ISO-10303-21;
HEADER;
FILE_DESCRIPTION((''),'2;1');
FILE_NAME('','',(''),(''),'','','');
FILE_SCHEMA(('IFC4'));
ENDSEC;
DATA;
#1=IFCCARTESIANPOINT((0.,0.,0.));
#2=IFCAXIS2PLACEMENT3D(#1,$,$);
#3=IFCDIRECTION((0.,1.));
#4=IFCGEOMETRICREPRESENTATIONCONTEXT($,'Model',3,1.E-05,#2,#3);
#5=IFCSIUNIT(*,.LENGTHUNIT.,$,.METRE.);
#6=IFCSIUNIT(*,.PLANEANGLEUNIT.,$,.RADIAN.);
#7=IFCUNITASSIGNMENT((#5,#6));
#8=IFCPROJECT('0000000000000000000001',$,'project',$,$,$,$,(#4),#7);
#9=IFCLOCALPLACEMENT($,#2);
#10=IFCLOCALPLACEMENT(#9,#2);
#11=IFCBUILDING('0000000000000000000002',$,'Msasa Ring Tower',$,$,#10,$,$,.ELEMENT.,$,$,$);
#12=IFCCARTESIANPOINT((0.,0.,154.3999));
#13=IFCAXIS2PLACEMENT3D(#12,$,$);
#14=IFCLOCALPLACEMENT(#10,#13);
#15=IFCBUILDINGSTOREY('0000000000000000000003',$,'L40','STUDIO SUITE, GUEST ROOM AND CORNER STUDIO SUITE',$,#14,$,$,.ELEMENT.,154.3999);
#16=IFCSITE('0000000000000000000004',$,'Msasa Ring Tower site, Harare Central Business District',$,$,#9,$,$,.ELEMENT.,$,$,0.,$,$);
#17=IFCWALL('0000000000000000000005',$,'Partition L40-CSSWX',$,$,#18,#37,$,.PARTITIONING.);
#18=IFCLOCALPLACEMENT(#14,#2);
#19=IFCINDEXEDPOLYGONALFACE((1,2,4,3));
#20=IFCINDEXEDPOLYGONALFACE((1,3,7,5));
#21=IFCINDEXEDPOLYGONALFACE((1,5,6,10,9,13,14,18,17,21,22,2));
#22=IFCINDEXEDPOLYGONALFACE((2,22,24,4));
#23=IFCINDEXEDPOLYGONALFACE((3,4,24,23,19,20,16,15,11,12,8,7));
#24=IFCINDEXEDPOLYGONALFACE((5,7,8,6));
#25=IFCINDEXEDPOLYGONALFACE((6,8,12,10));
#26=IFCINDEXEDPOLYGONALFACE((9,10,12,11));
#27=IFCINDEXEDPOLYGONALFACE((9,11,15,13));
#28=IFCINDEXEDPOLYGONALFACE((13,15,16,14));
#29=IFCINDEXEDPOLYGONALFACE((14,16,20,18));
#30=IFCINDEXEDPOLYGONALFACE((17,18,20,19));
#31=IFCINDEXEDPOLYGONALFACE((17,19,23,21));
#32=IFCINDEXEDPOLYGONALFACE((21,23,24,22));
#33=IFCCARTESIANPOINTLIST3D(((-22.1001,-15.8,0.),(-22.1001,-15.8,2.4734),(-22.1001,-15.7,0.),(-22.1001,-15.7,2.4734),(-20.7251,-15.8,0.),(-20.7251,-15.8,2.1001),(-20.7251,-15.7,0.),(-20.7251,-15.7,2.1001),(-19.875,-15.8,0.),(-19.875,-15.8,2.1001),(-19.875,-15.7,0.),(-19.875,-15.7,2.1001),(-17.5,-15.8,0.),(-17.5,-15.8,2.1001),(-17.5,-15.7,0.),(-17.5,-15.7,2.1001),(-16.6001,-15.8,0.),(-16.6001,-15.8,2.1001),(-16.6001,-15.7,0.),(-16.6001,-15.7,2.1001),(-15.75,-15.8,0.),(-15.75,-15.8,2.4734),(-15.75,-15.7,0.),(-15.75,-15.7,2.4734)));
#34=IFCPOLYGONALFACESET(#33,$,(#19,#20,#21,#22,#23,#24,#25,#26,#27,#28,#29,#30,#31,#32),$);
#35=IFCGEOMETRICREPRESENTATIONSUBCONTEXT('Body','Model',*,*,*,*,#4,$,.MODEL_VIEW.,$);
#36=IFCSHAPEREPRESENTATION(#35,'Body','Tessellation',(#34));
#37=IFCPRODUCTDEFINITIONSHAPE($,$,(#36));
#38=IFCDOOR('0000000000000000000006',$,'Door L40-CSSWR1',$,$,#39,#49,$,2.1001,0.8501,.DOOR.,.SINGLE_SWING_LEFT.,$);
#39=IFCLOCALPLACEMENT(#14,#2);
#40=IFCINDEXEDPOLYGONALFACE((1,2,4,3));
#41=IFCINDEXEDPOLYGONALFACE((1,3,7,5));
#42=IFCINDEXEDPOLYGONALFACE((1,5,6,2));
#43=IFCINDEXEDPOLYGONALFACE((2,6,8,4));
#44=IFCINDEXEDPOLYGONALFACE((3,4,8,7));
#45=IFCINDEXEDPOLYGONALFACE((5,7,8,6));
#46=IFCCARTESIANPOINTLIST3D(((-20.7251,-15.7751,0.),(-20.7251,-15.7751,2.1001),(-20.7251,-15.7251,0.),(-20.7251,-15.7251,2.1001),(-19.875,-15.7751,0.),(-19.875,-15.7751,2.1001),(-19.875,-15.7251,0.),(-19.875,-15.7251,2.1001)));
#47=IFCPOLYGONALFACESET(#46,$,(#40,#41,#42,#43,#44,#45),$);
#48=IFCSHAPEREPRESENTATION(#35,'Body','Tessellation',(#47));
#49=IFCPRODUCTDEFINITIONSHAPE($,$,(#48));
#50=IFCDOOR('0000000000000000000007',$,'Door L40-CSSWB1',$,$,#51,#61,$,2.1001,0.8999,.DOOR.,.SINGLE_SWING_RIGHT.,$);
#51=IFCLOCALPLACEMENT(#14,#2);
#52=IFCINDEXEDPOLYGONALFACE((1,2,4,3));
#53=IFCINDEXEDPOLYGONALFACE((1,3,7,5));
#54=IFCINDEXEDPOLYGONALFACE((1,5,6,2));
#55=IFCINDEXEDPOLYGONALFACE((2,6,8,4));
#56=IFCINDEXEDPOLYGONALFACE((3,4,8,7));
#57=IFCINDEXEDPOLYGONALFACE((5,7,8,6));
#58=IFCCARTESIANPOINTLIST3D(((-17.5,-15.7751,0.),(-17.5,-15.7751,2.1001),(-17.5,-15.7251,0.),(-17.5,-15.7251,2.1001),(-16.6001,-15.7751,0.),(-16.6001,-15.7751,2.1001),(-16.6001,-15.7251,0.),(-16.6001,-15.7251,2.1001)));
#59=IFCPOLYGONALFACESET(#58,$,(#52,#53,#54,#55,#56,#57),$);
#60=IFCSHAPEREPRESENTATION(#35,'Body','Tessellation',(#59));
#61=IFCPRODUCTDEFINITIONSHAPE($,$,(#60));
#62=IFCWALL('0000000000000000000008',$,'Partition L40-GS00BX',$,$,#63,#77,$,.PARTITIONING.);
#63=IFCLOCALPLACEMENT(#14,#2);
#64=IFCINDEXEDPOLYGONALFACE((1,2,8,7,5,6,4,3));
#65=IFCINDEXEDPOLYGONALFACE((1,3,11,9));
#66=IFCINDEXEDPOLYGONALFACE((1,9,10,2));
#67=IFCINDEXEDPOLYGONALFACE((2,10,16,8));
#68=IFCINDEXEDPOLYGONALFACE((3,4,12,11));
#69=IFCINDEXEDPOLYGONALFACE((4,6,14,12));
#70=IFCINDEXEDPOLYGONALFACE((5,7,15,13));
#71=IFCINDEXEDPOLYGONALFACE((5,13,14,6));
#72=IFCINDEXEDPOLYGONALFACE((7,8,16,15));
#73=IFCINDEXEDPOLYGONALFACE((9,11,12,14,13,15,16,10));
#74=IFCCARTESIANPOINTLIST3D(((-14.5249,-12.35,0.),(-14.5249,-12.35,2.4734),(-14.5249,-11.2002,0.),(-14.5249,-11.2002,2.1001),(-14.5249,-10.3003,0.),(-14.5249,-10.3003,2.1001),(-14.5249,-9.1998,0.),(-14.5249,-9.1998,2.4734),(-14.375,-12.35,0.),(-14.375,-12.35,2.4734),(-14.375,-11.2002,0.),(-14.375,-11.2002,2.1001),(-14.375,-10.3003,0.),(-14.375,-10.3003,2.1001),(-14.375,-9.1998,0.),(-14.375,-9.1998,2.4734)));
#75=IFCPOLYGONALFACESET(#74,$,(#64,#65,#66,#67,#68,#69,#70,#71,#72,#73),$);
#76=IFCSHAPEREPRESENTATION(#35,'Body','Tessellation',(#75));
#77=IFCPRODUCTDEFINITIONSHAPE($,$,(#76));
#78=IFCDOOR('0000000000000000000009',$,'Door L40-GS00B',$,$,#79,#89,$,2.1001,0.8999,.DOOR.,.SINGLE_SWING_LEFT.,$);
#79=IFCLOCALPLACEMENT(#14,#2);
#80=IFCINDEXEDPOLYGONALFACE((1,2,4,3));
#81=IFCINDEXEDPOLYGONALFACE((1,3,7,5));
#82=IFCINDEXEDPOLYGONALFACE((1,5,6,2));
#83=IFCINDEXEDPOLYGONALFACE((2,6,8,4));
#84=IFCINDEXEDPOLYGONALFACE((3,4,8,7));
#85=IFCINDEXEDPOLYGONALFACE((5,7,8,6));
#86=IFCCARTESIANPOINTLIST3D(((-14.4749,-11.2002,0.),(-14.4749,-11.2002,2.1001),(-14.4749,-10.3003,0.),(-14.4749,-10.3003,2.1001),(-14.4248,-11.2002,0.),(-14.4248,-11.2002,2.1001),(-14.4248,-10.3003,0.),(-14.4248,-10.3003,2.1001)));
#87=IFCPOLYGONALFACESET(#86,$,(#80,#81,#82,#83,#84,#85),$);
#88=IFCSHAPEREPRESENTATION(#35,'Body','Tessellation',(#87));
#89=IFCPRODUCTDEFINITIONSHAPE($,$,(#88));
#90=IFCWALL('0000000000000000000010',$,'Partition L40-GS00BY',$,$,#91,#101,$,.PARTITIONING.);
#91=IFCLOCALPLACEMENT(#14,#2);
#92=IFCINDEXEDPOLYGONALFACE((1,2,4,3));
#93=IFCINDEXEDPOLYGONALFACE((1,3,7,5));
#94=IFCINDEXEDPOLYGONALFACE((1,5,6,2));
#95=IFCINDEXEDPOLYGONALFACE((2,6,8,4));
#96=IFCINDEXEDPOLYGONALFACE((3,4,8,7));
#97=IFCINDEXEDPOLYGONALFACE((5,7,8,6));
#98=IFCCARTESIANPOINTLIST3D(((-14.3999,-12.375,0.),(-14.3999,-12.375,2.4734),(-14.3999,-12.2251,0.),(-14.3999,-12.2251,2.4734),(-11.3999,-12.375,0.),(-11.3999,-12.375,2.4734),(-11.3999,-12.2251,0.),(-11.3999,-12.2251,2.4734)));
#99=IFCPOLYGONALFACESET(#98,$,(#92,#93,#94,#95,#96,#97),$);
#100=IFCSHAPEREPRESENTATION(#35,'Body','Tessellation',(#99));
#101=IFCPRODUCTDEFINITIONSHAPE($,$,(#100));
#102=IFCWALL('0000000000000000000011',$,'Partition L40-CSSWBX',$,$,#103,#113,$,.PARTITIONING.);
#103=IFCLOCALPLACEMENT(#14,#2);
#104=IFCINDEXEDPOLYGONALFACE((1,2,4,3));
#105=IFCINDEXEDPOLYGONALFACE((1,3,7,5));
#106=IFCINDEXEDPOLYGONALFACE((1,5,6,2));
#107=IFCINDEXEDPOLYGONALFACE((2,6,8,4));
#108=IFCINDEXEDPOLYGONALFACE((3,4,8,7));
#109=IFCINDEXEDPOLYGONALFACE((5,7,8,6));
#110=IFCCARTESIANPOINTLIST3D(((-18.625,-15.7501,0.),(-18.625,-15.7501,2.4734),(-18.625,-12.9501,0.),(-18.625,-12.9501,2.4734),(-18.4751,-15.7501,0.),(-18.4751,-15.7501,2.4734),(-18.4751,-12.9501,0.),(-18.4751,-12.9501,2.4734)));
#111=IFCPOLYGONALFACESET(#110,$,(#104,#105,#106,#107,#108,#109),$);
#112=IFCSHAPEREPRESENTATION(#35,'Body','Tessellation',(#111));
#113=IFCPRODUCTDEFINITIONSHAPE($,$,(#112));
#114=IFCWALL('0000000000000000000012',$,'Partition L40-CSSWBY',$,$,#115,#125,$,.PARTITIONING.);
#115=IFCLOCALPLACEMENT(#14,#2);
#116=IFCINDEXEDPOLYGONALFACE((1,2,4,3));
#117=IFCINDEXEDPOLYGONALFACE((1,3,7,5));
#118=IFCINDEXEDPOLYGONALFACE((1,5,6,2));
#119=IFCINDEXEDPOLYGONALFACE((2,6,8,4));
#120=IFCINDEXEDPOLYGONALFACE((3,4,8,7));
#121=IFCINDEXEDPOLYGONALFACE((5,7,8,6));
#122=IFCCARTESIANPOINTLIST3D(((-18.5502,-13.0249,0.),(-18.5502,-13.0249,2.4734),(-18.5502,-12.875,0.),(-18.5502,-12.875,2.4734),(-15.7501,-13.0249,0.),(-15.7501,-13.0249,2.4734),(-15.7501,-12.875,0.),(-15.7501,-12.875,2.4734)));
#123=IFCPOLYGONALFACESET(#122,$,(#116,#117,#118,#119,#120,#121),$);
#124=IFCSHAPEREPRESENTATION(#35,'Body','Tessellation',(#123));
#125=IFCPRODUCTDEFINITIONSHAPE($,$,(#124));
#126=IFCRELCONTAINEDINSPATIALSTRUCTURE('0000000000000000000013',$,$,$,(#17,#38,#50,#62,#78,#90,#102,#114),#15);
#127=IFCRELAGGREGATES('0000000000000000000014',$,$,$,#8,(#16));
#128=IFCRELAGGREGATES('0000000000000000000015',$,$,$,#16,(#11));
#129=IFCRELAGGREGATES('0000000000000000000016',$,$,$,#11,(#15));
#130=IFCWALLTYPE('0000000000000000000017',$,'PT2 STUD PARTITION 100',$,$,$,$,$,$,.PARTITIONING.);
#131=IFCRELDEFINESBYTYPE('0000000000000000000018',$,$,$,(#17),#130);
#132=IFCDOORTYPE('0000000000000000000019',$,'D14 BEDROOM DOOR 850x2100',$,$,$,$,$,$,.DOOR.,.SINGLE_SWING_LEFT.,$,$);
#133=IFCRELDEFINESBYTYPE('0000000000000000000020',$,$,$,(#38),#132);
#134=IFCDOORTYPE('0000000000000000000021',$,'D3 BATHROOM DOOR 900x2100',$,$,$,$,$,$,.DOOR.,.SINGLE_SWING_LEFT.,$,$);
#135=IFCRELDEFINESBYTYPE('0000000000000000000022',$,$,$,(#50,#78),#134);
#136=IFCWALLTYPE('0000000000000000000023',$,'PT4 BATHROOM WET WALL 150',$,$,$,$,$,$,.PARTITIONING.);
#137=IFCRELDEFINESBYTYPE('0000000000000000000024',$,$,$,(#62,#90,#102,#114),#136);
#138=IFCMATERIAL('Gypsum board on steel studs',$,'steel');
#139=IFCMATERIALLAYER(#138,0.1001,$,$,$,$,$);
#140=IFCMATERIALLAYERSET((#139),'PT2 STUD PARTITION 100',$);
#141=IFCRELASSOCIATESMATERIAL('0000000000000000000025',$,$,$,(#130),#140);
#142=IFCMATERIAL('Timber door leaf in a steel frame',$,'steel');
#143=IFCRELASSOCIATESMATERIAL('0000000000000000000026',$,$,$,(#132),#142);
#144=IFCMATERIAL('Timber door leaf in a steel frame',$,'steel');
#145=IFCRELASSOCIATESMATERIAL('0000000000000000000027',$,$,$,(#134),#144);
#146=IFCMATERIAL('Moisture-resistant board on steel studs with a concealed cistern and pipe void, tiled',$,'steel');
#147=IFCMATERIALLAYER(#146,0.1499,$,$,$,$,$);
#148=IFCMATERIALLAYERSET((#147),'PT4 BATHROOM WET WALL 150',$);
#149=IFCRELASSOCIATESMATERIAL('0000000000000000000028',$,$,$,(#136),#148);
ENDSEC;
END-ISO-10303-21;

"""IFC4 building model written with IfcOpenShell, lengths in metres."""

from ifc_helpers import new_model, si_unit, direction, frame, frame_2d, origin, place, context, subcontext, project, spatial, rectangle, extrude, material, layer, layer_set, type_object, element, fill, save


model = new_model("IFC4")

# Units and contexts
model_context = context("Model", 3, precision=1e-05, world=origin(), true_north=direction((0.0, 1.0)))
body_context = subcontext(model_context, "Body", "Model", "MODEL_VIEW")
ifc_project = project(units=[si_unit("LENGTHUNIT", "METRE"), si_unit("PLANEANGLEUNIT", "RADIAN")], contexts=[model_context])

# Site, building, storey
site_placement = place(None, origin())
site = spatial("IfcSite", under=ifc_project, at=site_placement, Name="Msasa Ring Tower site, Harare Central Business District", CompositionType="ELEMENT", RefElevation=0.0)
building_placement = place(site_placement, origin())
building = spatial("IfcBuilding", under=site, at=building_placement, Name="Msasa Ring Tower", CompositionType="ELEMENT")
storey_placement = place(building_placement, frame((0.0, 0.0, 154.3999)))
storey = spatial("IfcBuildingStorey", under=building, at=storey_placement, Name="L40", Description="STUDIO SUITE, GUEST ROOM AND CORNER STUDIO SUITE", CompositionType="ELEMENT", Elevation=154.3999)

# Wall, openings, doors
ifc_material_1 = material(Name="Gypsum board on steel studs", Category="steel")
ifc_layer_1 = layer(ifc_material_1, 0.1001)
ifc_layer_set_1 = layer_set([ifc_layer_1], Name="PT2 STUD PARTITION 100")
wall_type_1 = type_object("IfcWallType", Name="PT2 STUD PARTITION 100", PredefinedType="PARTITIONING", material=ifc_layer_set_1)
wall_1_placement = place(storey_placement, frame((-22.1001, -15.75, 0.0), z_axis=(0.0, 0.0, 1.0), x_axis=(1.0, 0.0, 0.0)))
wall_1 = element("IfcWall", 1, at=wall_1_placement, inside=storey, type_object=wall_type_1, Name="Partition L40-CSSWX", PredefinedType="PARTITIONING", context=body_context, shape_type="SweptSolid", body=[
    extrude(rectangle(XDim=6.3501, YDim=0.1001, at=frame_2d((3.175, 0.0))), origin(), (0.0, 0.0, 1.0), 2.4734),
])
opening_1_placement = place(wall_1_placement, frame((1.375, 0.0, 0.0)))
opening_1 = element("IfcOpeningElement", 2, at=opening_1_placement, cuts=wall_1, PredefinedType="OPENING", context=body_context, shape_type="SweptSolid", body=[
    extrude(rectangle(XDim=0.8501, YDim=2.1001, at=frame_2d((0.425, 1.05))), frame((0.0, 0.0601, 0.0), z_axis=(0.0, -1.0, 0.0), x_axis=(1.0, 0.0, 0.0)), (0.0, 0.0, 1.0), 0.1201),
])
opening_2_placement = place(wall_1_placement, frame((4.6001, 0.0, 0.0)))
opening_2 = element("IfcOpeningElement", 3, at=opening_2_placement, cuts=wall_1, PredefinedType="OPENING", context=body_context, shape_type="SweptSolid", body=[
    extrude(rectangle(XDim=0.8999, YDim=2.1001, at=frame_2d((0.45, 1.05))), frame((0.0, 0.0601, 0.0), z_axis=(0.0, -1.0, 0.0), x_axis=(1.0, 0.0, 0.0)), (0.0, 0.0, 1.0), 0.1201),
])
ifc_material_2 = material(Name="Timber door leaf in a steel frame", Category="steel")
door_type_1 = type_object("IfcDoorType", Name="D14 BEDROOM DOOR 850x2100", OperationType="SINGLE_SWING_LEFT", PredefinedType="DOOR", material=ifc_material_2)
door_1_placement = place(opening_1_placement, origin())
door_1 = element("IfcDoor", 4, at=door_1_placement, inside=storey, type_object=door_type_1, Name="Door L40-CSSWR1", OperationType="SINGLE_SWING_LEFT", OverallHeight=2.1001, OverallWidth=0.8501, PredefinedType="DOOR", context=body_context, shape_type="SweptSolid", body=[
    extrude(rectangle(XDim=0.8501, YDim=2.1001, at=frame_2d((0.425, 1.05))), frame((0.0, 0.0249, 0.0), z_axis=(0.0, -1.0, 0.0), x_axis=(1.0, 0.0, 0.0)), (0.0, 0.0, 1.0), 0.05),
])
fill(opening_1, door_1)
ifc_material_3 = material(Name="Timber door leaf in a steel frame", Category="steel")
door_type_2 = type_object("IfcDoorType", Name="D3 BATHROOM DOOR 900x2100", OperationType="SINGLE_SWING_LEFT", PredefinedType="DOOR", material=ifc_material_3)
door_2_placement = place(opening_2_placement, origin())
door_2 = element("IfcDoor", 5, at=door_2_placement, inside=storey, type_object=door_type_2, Name="Door L40-CSSWB1", OperationType="SINGLE_SWING_RIGHT", OverallHeight=2.1001, OverallWidth=0.8999, PredefinedType="DOOR", context=body_context, shape_type="SweptSolid", body=[
    extrude(rectangle(XDim=0.8999, YDim=2.1001, at=frame_2d((0.45, 1.05))), frame((0.0, 0.0249, 0.0), z_axis=(0.0, -1.0, 0.0), x_axis=(1.0, 0.0, 0.0)), (0.0, 0.0, 1.0), 0.05),
])
fill(opening_2, door_2)

# Wall, opening, door
ifc_material_4 = material(Name="Moisture-resistant board on steel studs with a concealed cistern and pipe void, tiled", Category="steel")
ifc_layer_2 = layer(ifc_material_4, 0.1499)
ifc_layer_set_2 = layer_set([ifc_layer_2], Name="PT4 BATHROOM WET WALL 150")
wall_type_2 = type_object("IfcWallType", Name="PT4 BATHROOM WET WALL 150", PredefinedType="PARTITIONING", material=ifc_layer_set_2)
wall_2_placement = place(storey_placement, frame((-14.45, -12.3501, 0.0), z_axis=(0.0, 0.0, 1.0), x_axis=(0.0, 1.0, 0.0)))
wall_2 = element("IfcWall", 6, at=wall_2_placement, inside=storey, type_object=wall_type_2, Name="Partition L40-GS00BX", PredefinedType="PARTITIONING", context=body_context, shape_type="SweptSolid", body=[
    extrude(rectangle(XDim=3.1501, YDim=0.1499, at=frame_2d((1.5752, 0.0))), origin(), (0.0, 0.0, 1.0), 2.4734),
])
opening_3_placement = place(wall_2_placement, frame((1.1499, 0.0, 0.0)))
opening_3 = element("IfcOpeningElement", 7, at=opening_3_placement, cuts=wall_2, PredefinedType="OPENING", context=body_context, shape_type="SweptSolid", body=[
    extrude(rectangle(XDim=0.8999, YDim=2.1001, at=frame_2d((0.45, 1.05))), frame((0.0, 0.085, 0.0), z_axis=(0.0, -1.0, 0.0), x_axis=(1.0, 0.0, 0.0)), (0.0, 0.0, 1.0), 0.1699),
])
door_3_placement = place(opening_3_placement, origin())
door_3 = element("IfcDoor", 8, at=door_3_placement, inside=storey, type_object=door_type_2, Name="Door L40-GS00B", OperationType="SINGLE_SWING_LEFT", OverallHeight=2.1001, OverallWidth=0.8999, PredefinedType="DOOR", context=body_context, shape_type="SweptSolid", body=[
    extrude(rectangle(XDim=0.8999, YDim=2.1001, at=frame_2d((0.45, 1.05))), frame((0.0, 0.0249, 0.0), z_axis=(0.0, -1.0, 0.0), x_axis=(1.0, 0.0, 0.0)), (0.0, 0.0, 1.0), 0.05),
])
fill(opening_3, door_3)

# Walls
wall_3_placement = place(storey_placement, frame((-14.3999, -12.3, 0.0), z_axis=(0.0, 0.0, 1.0), x_axis=(1.0, 0.0, 0.0)))
element("IfcWall", 9, at=wall_3_placement, inside=storey, type_object=wall_type_2, Name="Partition L40-GS00BY", PredefinedType="PARTITIONING", context=body_context, shape_type="SweptSolid", body=[
    extrude(rectangle(XDim=3.0, YDim=0.1499, at=frame_2d((1.5, 0.0))), origin(), (0.0, 0.0, 1.0), 2.4734),
])
for number, where, z_axis, x_axis, name in (
    (10, (-18.55, -15.75, 0.0), (0.0, 0.0, 1.0), (0.0, 1.0, 0.0), "Partition L40-CSSWBX"),
    (11, (-18.55, -12.95, 0.0), (0.0, 0.0, 1.0), (1.0, 0.0, 0.0), "Partition L40-CSSWBY"),
):
    element("IfcWall", number, at=place(storey_placement, frame(where, z_axis=z_axis, x_axis=x_axis)), inside=storey, type_object=wall_type_2, Name=name, PredefinedType="PARTITIONING", context=body_context, shape_type="SweptSolid", body=[
        extrude(rectangle(XDim=2.8, YDim=0.1499, at=frame_2d((1.3999, 0.0))), origin(), (0.0, 0.0, 1.0), 2.4734),
    ])

save(model, "model.ifc")
